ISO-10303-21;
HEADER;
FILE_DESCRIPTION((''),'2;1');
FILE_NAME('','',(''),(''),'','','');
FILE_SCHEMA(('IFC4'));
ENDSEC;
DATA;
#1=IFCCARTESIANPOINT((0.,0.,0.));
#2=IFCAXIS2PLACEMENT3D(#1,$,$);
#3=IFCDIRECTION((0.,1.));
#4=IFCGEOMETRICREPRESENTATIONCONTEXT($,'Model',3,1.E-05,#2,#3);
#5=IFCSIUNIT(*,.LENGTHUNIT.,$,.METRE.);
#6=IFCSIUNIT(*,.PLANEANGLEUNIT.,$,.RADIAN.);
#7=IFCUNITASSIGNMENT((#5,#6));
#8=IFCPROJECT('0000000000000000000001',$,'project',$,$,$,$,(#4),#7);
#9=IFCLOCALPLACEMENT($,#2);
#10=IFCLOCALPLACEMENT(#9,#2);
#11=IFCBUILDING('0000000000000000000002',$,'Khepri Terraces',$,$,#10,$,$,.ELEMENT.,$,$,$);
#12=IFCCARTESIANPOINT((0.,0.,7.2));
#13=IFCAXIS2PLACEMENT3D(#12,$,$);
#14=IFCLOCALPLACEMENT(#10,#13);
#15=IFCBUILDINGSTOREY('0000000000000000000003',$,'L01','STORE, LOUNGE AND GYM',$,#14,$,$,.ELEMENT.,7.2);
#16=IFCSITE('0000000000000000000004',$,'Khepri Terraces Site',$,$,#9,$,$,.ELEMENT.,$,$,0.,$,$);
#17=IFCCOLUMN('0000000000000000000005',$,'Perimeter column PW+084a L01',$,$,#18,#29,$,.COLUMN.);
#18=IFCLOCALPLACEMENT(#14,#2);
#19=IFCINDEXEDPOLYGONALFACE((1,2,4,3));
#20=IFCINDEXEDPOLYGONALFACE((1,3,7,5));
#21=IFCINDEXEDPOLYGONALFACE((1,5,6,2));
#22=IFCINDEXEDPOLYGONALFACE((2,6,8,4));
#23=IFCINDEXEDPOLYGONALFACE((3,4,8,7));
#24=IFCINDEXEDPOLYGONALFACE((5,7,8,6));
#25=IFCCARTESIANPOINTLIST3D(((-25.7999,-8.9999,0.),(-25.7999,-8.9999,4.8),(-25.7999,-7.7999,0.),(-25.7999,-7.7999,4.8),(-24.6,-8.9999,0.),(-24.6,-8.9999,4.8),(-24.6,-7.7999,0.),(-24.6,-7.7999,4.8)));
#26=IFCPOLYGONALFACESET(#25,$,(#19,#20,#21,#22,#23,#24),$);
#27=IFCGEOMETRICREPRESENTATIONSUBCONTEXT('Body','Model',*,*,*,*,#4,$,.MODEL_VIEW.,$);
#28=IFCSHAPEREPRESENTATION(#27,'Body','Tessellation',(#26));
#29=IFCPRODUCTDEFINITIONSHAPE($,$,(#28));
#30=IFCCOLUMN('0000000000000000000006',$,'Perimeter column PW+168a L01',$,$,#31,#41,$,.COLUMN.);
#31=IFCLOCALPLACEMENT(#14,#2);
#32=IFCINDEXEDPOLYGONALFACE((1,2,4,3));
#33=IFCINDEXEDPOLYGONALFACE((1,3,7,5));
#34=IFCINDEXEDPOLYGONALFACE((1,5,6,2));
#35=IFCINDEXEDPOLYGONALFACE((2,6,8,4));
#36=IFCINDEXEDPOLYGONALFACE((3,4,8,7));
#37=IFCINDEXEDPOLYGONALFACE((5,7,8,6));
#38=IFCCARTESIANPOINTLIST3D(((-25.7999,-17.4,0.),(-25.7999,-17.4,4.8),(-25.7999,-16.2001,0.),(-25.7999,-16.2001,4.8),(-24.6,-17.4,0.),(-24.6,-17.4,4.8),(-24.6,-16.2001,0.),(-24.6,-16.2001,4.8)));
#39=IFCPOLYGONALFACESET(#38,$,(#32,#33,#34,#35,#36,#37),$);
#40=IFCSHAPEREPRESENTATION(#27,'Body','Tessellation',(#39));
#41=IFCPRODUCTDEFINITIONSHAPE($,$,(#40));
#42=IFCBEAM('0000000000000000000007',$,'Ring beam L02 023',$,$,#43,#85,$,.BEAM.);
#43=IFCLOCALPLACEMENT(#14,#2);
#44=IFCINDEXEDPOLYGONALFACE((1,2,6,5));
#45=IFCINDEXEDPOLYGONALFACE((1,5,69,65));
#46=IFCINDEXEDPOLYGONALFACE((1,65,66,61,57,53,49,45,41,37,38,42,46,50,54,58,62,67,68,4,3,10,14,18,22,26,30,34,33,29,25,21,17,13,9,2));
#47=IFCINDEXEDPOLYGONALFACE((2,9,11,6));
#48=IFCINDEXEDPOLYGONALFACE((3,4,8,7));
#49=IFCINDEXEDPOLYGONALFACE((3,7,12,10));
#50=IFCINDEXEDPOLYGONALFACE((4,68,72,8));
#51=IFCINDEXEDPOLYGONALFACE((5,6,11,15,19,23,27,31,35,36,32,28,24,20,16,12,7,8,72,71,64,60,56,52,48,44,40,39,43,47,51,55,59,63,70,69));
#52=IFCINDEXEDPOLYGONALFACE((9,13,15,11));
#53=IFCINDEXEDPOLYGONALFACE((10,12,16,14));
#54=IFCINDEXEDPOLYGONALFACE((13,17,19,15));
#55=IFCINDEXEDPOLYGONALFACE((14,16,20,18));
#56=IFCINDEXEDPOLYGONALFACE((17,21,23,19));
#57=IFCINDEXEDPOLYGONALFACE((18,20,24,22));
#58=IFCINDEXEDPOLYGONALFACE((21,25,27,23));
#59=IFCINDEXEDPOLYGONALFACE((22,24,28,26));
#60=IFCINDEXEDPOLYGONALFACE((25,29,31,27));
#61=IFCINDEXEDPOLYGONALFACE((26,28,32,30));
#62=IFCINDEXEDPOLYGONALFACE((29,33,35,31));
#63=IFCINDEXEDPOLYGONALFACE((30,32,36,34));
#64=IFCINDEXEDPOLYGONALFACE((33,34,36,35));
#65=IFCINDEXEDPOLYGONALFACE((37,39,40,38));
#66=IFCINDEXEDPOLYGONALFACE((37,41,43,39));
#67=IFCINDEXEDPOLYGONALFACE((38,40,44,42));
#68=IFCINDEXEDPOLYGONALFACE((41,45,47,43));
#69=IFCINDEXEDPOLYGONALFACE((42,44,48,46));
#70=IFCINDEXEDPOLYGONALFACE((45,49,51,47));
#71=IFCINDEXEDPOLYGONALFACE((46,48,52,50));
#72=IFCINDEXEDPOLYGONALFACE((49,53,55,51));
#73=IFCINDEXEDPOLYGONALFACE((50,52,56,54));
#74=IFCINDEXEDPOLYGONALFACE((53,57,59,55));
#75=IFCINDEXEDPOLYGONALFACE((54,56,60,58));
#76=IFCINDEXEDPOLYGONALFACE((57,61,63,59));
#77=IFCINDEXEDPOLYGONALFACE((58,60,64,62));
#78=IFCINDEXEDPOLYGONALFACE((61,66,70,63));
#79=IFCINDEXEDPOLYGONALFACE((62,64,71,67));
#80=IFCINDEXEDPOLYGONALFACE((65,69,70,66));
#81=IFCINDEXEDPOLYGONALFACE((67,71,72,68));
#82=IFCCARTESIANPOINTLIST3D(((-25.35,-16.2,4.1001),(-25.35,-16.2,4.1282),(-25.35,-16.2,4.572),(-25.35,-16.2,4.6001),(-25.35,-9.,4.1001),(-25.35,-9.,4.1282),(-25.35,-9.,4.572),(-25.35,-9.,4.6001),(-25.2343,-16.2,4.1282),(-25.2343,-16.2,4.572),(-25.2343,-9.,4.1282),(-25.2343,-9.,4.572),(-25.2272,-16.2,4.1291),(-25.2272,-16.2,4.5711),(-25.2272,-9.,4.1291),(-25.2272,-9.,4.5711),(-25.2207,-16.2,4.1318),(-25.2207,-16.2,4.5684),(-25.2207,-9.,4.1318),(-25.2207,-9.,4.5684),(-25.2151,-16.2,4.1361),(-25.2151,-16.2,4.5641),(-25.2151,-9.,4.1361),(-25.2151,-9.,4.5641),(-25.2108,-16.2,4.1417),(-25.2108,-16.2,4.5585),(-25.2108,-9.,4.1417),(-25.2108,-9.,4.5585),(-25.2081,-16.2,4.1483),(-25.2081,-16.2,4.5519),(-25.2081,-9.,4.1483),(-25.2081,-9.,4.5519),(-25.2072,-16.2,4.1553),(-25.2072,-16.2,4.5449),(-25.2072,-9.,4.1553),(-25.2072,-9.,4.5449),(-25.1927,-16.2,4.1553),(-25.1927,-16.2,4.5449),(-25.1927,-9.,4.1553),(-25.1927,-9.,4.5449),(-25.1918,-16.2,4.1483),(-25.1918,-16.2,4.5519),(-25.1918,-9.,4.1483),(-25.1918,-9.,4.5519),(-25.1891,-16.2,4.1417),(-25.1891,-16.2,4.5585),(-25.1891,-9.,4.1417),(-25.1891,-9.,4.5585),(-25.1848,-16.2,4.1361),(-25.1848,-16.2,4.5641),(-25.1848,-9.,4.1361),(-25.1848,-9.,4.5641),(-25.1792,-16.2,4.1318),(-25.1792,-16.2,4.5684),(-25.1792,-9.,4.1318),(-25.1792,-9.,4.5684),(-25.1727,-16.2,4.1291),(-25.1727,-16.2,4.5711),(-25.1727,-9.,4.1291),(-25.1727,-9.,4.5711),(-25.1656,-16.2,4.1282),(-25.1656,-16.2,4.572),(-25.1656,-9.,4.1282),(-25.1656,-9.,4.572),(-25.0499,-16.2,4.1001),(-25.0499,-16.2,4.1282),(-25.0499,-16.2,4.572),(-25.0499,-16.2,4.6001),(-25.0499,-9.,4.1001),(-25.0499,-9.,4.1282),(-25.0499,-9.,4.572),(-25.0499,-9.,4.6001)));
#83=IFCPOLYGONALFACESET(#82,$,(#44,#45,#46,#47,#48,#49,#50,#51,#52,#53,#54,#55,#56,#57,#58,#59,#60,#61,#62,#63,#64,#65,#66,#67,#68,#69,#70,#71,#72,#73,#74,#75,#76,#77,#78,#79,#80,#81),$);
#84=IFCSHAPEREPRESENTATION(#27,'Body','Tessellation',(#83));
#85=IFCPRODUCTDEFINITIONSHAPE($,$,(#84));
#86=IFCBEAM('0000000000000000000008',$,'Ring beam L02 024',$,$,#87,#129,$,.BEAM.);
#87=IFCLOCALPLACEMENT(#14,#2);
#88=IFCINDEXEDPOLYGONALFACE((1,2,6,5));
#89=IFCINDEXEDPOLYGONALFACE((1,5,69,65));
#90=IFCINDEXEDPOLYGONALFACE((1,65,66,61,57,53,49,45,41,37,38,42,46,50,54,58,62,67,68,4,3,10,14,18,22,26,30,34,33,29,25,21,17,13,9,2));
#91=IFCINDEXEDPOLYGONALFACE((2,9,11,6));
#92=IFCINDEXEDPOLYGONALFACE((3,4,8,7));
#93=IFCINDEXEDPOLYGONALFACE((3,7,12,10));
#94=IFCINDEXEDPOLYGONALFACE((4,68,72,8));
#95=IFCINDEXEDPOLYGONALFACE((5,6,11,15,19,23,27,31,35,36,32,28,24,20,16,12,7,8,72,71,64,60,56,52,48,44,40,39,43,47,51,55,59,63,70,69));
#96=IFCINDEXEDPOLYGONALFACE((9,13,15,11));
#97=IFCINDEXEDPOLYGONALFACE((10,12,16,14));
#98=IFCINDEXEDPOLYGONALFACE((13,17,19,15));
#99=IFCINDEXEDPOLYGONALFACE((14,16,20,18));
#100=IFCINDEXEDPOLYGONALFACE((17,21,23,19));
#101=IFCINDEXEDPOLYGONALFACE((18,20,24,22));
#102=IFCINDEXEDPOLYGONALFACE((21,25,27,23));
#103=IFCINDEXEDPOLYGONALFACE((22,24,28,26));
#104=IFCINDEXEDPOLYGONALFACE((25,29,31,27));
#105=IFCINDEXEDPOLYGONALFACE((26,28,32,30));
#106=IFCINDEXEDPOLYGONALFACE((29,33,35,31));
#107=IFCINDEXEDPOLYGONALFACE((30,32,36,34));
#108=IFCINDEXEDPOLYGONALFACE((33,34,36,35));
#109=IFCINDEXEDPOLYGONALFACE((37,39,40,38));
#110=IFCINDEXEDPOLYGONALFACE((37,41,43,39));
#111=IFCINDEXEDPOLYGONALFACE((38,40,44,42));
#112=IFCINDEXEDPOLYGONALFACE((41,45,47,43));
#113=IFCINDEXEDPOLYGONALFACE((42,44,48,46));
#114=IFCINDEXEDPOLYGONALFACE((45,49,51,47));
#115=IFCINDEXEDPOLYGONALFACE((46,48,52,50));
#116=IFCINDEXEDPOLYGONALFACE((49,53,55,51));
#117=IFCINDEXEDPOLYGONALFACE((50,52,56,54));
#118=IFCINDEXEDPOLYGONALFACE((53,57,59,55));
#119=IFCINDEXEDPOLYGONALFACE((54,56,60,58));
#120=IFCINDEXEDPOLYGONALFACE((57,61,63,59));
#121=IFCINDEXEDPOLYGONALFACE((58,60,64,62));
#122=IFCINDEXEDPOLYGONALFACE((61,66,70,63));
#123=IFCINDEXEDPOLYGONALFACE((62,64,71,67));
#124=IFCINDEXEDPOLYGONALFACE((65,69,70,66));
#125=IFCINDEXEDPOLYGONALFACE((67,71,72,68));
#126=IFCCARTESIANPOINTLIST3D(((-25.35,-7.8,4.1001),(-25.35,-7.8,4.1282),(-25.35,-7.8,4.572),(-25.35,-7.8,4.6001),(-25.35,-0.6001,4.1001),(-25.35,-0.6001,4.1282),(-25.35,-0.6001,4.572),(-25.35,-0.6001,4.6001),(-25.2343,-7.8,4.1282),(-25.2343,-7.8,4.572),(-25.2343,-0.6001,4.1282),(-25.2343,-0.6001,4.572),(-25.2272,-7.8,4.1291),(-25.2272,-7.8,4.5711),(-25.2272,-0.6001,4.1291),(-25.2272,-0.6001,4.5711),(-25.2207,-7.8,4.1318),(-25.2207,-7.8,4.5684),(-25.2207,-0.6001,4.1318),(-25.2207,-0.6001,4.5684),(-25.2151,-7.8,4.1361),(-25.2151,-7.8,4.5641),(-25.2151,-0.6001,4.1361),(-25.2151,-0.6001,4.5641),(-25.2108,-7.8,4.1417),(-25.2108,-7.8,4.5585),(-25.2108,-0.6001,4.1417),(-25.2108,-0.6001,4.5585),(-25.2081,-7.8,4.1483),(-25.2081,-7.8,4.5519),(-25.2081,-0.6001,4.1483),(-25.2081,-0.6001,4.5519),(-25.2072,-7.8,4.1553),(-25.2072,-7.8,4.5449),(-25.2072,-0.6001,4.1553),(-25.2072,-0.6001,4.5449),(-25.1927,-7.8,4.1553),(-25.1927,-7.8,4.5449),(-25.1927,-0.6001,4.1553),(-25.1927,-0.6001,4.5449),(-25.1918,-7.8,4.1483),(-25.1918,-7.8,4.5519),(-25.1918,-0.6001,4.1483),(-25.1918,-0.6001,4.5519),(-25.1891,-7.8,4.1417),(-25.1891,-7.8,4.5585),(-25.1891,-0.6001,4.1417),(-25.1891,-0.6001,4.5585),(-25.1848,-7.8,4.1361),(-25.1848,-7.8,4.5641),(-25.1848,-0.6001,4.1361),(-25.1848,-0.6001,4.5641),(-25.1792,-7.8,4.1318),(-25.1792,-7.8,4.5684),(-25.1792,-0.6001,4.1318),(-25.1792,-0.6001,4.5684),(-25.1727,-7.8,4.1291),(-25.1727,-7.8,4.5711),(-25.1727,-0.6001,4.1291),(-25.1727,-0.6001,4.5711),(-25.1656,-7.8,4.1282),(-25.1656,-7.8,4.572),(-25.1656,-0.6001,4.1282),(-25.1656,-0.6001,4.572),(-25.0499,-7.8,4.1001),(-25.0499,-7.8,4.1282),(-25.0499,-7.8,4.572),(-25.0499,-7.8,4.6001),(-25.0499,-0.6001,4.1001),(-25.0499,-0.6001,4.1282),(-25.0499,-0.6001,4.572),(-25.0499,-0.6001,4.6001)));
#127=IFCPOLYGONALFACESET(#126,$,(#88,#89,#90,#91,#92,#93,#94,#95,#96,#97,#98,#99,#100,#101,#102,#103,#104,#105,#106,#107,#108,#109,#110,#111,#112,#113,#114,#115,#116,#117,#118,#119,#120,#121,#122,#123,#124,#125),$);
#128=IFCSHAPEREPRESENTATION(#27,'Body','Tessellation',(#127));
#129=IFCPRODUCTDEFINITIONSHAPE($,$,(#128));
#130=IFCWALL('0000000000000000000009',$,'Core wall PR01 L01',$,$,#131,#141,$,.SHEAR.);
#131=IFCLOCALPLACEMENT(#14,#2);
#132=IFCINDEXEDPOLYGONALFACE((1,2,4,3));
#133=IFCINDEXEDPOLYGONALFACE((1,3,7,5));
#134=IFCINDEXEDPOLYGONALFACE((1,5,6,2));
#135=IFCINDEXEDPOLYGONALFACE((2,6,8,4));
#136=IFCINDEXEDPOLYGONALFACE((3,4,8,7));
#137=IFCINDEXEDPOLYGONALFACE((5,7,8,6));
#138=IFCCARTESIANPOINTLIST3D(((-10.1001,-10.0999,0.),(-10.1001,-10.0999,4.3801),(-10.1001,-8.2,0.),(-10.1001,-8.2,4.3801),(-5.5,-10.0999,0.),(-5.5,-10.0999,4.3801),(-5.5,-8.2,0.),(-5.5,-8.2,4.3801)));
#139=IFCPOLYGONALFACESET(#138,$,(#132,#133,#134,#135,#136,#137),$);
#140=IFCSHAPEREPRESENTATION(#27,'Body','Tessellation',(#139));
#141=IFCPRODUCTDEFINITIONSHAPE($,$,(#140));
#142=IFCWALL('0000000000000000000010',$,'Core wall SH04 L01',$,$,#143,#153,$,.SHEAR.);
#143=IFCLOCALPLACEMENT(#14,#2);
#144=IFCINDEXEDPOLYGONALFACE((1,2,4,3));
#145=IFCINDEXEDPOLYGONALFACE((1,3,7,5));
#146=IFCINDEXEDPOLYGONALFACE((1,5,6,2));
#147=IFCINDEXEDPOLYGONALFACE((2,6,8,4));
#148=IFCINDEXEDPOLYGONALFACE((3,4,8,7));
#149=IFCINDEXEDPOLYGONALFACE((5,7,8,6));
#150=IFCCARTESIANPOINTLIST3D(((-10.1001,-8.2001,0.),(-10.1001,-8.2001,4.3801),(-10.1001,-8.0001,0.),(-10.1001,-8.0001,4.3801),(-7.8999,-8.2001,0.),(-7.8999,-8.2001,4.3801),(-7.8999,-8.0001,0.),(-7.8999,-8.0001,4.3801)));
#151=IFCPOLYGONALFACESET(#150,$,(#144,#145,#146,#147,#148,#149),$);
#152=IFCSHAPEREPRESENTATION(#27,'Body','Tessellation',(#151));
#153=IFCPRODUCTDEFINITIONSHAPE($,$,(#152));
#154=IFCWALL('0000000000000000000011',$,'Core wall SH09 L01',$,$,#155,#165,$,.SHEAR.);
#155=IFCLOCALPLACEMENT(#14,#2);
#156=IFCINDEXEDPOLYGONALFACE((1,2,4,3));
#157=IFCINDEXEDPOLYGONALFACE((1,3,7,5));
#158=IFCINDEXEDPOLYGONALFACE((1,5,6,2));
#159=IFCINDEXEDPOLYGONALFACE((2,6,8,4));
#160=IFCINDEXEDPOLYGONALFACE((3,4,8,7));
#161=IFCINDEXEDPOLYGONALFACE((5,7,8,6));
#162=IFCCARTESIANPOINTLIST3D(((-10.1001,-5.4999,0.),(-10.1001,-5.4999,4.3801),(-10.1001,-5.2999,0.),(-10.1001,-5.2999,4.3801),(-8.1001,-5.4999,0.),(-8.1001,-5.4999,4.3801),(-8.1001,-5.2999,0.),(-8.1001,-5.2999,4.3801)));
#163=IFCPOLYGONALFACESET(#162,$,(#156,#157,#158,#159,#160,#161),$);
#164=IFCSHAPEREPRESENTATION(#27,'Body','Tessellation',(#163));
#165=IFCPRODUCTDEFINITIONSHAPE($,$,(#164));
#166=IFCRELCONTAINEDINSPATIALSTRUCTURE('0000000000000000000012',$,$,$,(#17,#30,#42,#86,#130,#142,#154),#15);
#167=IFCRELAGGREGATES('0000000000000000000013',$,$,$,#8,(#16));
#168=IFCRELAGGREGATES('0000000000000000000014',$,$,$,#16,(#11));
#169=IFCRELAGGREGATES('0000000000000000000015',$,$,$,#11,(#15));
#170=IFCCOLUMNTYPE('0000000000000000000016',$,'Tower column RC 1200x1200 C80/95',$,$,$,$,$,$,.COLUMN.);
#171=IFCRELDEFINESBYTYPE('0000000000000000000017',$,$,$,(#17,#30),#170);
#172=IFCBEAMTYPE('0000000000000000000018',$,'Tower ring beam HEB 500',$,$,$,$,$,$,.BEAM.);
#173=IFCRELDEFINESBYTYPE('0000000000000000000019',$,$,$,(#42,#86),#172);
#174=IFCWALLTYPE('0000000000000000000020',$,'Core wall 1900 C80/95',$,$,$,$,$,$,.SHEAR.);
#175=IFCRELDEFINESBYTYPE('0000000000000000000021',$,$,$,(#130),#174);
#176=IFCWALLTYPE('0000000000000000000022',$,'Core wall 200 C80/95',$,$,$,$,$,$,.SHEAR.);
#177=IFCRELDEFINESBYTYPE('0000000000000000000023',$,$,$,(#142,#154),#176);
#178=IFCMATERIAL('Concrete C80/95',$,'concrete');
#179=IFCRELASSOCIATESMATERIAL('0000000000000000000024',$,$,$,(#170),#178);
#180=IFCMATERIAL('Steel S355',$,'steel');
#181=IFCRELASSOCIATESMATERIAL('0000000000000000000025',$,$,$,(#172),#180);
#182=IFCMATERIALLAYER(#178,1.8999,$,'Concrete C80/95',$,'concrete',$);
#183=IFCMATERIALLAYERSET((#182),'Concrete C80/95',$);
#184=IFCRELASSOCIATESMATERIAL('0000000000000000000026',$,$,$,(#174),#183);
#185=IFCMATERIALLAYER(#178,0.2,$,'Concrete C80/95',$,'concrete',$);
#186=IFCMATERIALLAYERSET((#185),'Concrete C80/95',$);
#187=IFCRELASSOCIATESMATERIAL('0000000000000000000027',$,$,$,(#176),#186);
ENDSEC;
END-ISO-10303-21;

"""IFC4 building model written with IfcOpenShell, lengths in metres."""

from ifc_helpers import new_model, si_unit, direction, frame, frame_2d, origin, origin_2d, place, context, subcontext, project, spatial, rectangle, i_section, extrude, material, layer, layer_set, material_profile, profile_set, type_object, element, save


model = new_model("IFC4")

# Units and contexts
model_context = context("Model", 3, precision=1e-05, world=origin(), true_north=direction((0.0, 1.0)))
body_context = subcontext(model_context, "Body", "Model", "MODEL_VIEW")
ifc_project = project(units=[si_unit("LENGTHUNIT", "METRE"), si_unit("PLANEANGLEUNIT", "RADIAN")], contexts=[model_context])

# Site, building, storey
site_placement = place(None, origin())
site = spatial("IfcSite", under=ifc_project, at=site_placement, Name="Khepri Terraces Site", CompositionType="ELEMENT", RefElevation=0.0)
building_placement = place(site_placement, origin())
building = spatial("IfcBuilding", under=site, at=building_placement, Name="Khepri Terraces", CompositionType="ELEMENT")
storey_placement = place(building_placement, frame((0.0, 0.0, 7.2)))
storey = spatial("IfcBuildingStorey", under=building, at=storey_placement, Name="L01", Description="STORE, LOUNGE AND GYM", CompositionType="ELEMENT", Elevation=7.2)

# Columns
ifc_material_1 = material(Name="Concrete C80/95", Category="concrete")
ifc_material_profile_1 = material_profile(ifc_material_1, rectangle(XDim=1.2, YDim=1.2, at=origin_2d()), Name="Concrete C80/95", Category="concrete")
ifc_profile_set_1 = profile_set([ifc_material_profile_1], Name="Concrete C80/95")
column_type = type_object("IfcColumnType", Name="Tower column RC 1200x1200 C80/95", PredefinedType="COLUMN", material=ifc_profile_set_1)
for number, where, z_axis, x_axis, name in (
    (1, (-25.2, -8.3999, 0.0), (0.0, 0.0, 1.0), (1.0, 0.0, 0.0), "Perimeter column PW+084a L01"),
    (2, (-25.2, -16.8, 0.0), (0.0, 0.0, 1.0), (1.0, 0.0, 0.0), "Perimeter column PW+168a L01"),
):
    element("IfcColumn", number, at=place(storey_placement, frame(where, z_axis=z_axis, x_axis=x_axis)), inside=storey, type_object=column_type, Name=name, PredefinedType="COLUMN", context=body_context, shape_type="SweptSolid", body=[
        extrude(rectangle(XDim=1.2, YDim=1.2, at=origin_2d()), origin(), (0.0, 0.0, 1.0), 4.8),
    ])

# Beams
ifc_material_2 = material(Name="Steel S355", Category="steel")
ifc_material_profile_2 = material_profile(ifc_material_2, i_section(OverallWidth=0.3, OverallDepth=0.5, WebThickness=0.0144, FlangeThickness=0.0281, FilletRadius=0.0271, at=origin_2d()), Name="Steel S355", Category="steel")
ifc_profile_set_2 = profile_set([ifc_material_profile_2], Name="Steel S355")
beam_type = type_object("IfcBeamType", Name="Tower ring beam HEB 500", PredefinedType="BEAM", material=ifc_profile_set_2)
for number, where, z_axis, x_axis, name in (
    (3, (-25.2, -16.2, 4.3501), (0.0, 1.0, 0.0), (-1.0, 0.0, 0.0), "Ring beam L02 023"),
    (4, (-25.2, -7.8, 4.3501), (0.0, 1.0, 0.0), (-1.0, 0.0, 0.0), "Ring beam L02 024"),
):
    element("IfcBeam", number, at=place(storey_placement, frame(where, z_axis=z_axis, x_axis=x_axis)), inside=storey, type_object=beam_type, Name=name, PredefinedType="BEAM", context=body_context, shape_type="SweptSolid", body=[
        extrude(i_section(OverallWidth=0.3, OverallDepth=0.5, WebThickness=0.0144, FlangeThickness=0.0281, FilletRadius=0.0271, at=origin_2d()), origin(), (0.0, 0.0, 1.0), 7.2),
    ])

# Walls
ifc_layer_1 = layer(ifc_material_1, 1.8999, Name="Concrete C80/95", Category="concrete")
ifc_layer_set_1 = layer_set([ifc_layer_1], Name="Concrete C80/95")
wall_type_1 = type_object("IfcWallType", Name="Core wall 1900 C80/95", PredefinedType="SHEAR", material=ifc_layer_set_1)
wall_1_placement = place(storey_placement, frame((-10.1001, -9.1499, 0.0), z_axis=(0.0, 0.0, 1.0), x_axis=(1.0, 0.0, 0.0)))
element("IfcWall", 5, at=wall_1_placement, inside=storey, type_object=wall_type_1, Name="Core wall PR01 L01", PredefinedType="SHEAR", context=body_context, shape_type="SweptSolid", body=[
    extrude(rectangle(XDim=4.6001, YDim=1.8999, at=frame_2d((2.3, 0.0))), origin(), (0.0, 0.0, 1.0), 4.3801),
])
ifc_layer_2 = layer(ifc_material_1, 0.2, Name="Concrete C80/95", Category="concrete")
ifc_layer_set_2 = layer_set([ifc_layer_2], Name="Concrete C80/95")
wall_type_2 = type_object("IfcWallType", Name="Core wall 200 C80/95", PredefinedType="SHEAR", material=ifc_layer_set_2)
wall_2_placement = place(storey_placement, frame((-10.1001, -8.1001, 0.0), z_axis=(0.0, 0.0, 1.0), x_axis=(1.0, 0.0, 0.0)))
element("IfcWall", 6, at=wall_2_placement, inside=storey, type_object=wall_type_2, Name="Core wall SH04 L01", PredefinedType="SHEAR", context=body_context, shape_type="SweptSolid", body=[
    extrude(rectangle(XDim=2.2002, YDim=0.2, at=frame_2d((1.1001, 0.0))), origin(), (0.0, 0.0, 1.0), 4.3801),
])
wall_3_placement = place(storey_placement, frame((-10.1001, -5.3999, 0.0), z_axis=(0.0, 0.0, 1.0), x_axis=(1.0, 0.0, 0.0)))
element("IfcWall", 7, at=wall_3_placement, inside=storey, type_object=wall_type_2, Name="Core wall SH09 L01", PredefinedType="SHEAR", context=body_context, shape_type="SweptSolid", body=[
    extrude(rectangle(XDim=2.0, YDim=0.2, at=frame_2d((1.0, 0.0))), origin(), (0.0, 0.0, 1.0), 4.3801),
])

save(model, "model.ifc")
